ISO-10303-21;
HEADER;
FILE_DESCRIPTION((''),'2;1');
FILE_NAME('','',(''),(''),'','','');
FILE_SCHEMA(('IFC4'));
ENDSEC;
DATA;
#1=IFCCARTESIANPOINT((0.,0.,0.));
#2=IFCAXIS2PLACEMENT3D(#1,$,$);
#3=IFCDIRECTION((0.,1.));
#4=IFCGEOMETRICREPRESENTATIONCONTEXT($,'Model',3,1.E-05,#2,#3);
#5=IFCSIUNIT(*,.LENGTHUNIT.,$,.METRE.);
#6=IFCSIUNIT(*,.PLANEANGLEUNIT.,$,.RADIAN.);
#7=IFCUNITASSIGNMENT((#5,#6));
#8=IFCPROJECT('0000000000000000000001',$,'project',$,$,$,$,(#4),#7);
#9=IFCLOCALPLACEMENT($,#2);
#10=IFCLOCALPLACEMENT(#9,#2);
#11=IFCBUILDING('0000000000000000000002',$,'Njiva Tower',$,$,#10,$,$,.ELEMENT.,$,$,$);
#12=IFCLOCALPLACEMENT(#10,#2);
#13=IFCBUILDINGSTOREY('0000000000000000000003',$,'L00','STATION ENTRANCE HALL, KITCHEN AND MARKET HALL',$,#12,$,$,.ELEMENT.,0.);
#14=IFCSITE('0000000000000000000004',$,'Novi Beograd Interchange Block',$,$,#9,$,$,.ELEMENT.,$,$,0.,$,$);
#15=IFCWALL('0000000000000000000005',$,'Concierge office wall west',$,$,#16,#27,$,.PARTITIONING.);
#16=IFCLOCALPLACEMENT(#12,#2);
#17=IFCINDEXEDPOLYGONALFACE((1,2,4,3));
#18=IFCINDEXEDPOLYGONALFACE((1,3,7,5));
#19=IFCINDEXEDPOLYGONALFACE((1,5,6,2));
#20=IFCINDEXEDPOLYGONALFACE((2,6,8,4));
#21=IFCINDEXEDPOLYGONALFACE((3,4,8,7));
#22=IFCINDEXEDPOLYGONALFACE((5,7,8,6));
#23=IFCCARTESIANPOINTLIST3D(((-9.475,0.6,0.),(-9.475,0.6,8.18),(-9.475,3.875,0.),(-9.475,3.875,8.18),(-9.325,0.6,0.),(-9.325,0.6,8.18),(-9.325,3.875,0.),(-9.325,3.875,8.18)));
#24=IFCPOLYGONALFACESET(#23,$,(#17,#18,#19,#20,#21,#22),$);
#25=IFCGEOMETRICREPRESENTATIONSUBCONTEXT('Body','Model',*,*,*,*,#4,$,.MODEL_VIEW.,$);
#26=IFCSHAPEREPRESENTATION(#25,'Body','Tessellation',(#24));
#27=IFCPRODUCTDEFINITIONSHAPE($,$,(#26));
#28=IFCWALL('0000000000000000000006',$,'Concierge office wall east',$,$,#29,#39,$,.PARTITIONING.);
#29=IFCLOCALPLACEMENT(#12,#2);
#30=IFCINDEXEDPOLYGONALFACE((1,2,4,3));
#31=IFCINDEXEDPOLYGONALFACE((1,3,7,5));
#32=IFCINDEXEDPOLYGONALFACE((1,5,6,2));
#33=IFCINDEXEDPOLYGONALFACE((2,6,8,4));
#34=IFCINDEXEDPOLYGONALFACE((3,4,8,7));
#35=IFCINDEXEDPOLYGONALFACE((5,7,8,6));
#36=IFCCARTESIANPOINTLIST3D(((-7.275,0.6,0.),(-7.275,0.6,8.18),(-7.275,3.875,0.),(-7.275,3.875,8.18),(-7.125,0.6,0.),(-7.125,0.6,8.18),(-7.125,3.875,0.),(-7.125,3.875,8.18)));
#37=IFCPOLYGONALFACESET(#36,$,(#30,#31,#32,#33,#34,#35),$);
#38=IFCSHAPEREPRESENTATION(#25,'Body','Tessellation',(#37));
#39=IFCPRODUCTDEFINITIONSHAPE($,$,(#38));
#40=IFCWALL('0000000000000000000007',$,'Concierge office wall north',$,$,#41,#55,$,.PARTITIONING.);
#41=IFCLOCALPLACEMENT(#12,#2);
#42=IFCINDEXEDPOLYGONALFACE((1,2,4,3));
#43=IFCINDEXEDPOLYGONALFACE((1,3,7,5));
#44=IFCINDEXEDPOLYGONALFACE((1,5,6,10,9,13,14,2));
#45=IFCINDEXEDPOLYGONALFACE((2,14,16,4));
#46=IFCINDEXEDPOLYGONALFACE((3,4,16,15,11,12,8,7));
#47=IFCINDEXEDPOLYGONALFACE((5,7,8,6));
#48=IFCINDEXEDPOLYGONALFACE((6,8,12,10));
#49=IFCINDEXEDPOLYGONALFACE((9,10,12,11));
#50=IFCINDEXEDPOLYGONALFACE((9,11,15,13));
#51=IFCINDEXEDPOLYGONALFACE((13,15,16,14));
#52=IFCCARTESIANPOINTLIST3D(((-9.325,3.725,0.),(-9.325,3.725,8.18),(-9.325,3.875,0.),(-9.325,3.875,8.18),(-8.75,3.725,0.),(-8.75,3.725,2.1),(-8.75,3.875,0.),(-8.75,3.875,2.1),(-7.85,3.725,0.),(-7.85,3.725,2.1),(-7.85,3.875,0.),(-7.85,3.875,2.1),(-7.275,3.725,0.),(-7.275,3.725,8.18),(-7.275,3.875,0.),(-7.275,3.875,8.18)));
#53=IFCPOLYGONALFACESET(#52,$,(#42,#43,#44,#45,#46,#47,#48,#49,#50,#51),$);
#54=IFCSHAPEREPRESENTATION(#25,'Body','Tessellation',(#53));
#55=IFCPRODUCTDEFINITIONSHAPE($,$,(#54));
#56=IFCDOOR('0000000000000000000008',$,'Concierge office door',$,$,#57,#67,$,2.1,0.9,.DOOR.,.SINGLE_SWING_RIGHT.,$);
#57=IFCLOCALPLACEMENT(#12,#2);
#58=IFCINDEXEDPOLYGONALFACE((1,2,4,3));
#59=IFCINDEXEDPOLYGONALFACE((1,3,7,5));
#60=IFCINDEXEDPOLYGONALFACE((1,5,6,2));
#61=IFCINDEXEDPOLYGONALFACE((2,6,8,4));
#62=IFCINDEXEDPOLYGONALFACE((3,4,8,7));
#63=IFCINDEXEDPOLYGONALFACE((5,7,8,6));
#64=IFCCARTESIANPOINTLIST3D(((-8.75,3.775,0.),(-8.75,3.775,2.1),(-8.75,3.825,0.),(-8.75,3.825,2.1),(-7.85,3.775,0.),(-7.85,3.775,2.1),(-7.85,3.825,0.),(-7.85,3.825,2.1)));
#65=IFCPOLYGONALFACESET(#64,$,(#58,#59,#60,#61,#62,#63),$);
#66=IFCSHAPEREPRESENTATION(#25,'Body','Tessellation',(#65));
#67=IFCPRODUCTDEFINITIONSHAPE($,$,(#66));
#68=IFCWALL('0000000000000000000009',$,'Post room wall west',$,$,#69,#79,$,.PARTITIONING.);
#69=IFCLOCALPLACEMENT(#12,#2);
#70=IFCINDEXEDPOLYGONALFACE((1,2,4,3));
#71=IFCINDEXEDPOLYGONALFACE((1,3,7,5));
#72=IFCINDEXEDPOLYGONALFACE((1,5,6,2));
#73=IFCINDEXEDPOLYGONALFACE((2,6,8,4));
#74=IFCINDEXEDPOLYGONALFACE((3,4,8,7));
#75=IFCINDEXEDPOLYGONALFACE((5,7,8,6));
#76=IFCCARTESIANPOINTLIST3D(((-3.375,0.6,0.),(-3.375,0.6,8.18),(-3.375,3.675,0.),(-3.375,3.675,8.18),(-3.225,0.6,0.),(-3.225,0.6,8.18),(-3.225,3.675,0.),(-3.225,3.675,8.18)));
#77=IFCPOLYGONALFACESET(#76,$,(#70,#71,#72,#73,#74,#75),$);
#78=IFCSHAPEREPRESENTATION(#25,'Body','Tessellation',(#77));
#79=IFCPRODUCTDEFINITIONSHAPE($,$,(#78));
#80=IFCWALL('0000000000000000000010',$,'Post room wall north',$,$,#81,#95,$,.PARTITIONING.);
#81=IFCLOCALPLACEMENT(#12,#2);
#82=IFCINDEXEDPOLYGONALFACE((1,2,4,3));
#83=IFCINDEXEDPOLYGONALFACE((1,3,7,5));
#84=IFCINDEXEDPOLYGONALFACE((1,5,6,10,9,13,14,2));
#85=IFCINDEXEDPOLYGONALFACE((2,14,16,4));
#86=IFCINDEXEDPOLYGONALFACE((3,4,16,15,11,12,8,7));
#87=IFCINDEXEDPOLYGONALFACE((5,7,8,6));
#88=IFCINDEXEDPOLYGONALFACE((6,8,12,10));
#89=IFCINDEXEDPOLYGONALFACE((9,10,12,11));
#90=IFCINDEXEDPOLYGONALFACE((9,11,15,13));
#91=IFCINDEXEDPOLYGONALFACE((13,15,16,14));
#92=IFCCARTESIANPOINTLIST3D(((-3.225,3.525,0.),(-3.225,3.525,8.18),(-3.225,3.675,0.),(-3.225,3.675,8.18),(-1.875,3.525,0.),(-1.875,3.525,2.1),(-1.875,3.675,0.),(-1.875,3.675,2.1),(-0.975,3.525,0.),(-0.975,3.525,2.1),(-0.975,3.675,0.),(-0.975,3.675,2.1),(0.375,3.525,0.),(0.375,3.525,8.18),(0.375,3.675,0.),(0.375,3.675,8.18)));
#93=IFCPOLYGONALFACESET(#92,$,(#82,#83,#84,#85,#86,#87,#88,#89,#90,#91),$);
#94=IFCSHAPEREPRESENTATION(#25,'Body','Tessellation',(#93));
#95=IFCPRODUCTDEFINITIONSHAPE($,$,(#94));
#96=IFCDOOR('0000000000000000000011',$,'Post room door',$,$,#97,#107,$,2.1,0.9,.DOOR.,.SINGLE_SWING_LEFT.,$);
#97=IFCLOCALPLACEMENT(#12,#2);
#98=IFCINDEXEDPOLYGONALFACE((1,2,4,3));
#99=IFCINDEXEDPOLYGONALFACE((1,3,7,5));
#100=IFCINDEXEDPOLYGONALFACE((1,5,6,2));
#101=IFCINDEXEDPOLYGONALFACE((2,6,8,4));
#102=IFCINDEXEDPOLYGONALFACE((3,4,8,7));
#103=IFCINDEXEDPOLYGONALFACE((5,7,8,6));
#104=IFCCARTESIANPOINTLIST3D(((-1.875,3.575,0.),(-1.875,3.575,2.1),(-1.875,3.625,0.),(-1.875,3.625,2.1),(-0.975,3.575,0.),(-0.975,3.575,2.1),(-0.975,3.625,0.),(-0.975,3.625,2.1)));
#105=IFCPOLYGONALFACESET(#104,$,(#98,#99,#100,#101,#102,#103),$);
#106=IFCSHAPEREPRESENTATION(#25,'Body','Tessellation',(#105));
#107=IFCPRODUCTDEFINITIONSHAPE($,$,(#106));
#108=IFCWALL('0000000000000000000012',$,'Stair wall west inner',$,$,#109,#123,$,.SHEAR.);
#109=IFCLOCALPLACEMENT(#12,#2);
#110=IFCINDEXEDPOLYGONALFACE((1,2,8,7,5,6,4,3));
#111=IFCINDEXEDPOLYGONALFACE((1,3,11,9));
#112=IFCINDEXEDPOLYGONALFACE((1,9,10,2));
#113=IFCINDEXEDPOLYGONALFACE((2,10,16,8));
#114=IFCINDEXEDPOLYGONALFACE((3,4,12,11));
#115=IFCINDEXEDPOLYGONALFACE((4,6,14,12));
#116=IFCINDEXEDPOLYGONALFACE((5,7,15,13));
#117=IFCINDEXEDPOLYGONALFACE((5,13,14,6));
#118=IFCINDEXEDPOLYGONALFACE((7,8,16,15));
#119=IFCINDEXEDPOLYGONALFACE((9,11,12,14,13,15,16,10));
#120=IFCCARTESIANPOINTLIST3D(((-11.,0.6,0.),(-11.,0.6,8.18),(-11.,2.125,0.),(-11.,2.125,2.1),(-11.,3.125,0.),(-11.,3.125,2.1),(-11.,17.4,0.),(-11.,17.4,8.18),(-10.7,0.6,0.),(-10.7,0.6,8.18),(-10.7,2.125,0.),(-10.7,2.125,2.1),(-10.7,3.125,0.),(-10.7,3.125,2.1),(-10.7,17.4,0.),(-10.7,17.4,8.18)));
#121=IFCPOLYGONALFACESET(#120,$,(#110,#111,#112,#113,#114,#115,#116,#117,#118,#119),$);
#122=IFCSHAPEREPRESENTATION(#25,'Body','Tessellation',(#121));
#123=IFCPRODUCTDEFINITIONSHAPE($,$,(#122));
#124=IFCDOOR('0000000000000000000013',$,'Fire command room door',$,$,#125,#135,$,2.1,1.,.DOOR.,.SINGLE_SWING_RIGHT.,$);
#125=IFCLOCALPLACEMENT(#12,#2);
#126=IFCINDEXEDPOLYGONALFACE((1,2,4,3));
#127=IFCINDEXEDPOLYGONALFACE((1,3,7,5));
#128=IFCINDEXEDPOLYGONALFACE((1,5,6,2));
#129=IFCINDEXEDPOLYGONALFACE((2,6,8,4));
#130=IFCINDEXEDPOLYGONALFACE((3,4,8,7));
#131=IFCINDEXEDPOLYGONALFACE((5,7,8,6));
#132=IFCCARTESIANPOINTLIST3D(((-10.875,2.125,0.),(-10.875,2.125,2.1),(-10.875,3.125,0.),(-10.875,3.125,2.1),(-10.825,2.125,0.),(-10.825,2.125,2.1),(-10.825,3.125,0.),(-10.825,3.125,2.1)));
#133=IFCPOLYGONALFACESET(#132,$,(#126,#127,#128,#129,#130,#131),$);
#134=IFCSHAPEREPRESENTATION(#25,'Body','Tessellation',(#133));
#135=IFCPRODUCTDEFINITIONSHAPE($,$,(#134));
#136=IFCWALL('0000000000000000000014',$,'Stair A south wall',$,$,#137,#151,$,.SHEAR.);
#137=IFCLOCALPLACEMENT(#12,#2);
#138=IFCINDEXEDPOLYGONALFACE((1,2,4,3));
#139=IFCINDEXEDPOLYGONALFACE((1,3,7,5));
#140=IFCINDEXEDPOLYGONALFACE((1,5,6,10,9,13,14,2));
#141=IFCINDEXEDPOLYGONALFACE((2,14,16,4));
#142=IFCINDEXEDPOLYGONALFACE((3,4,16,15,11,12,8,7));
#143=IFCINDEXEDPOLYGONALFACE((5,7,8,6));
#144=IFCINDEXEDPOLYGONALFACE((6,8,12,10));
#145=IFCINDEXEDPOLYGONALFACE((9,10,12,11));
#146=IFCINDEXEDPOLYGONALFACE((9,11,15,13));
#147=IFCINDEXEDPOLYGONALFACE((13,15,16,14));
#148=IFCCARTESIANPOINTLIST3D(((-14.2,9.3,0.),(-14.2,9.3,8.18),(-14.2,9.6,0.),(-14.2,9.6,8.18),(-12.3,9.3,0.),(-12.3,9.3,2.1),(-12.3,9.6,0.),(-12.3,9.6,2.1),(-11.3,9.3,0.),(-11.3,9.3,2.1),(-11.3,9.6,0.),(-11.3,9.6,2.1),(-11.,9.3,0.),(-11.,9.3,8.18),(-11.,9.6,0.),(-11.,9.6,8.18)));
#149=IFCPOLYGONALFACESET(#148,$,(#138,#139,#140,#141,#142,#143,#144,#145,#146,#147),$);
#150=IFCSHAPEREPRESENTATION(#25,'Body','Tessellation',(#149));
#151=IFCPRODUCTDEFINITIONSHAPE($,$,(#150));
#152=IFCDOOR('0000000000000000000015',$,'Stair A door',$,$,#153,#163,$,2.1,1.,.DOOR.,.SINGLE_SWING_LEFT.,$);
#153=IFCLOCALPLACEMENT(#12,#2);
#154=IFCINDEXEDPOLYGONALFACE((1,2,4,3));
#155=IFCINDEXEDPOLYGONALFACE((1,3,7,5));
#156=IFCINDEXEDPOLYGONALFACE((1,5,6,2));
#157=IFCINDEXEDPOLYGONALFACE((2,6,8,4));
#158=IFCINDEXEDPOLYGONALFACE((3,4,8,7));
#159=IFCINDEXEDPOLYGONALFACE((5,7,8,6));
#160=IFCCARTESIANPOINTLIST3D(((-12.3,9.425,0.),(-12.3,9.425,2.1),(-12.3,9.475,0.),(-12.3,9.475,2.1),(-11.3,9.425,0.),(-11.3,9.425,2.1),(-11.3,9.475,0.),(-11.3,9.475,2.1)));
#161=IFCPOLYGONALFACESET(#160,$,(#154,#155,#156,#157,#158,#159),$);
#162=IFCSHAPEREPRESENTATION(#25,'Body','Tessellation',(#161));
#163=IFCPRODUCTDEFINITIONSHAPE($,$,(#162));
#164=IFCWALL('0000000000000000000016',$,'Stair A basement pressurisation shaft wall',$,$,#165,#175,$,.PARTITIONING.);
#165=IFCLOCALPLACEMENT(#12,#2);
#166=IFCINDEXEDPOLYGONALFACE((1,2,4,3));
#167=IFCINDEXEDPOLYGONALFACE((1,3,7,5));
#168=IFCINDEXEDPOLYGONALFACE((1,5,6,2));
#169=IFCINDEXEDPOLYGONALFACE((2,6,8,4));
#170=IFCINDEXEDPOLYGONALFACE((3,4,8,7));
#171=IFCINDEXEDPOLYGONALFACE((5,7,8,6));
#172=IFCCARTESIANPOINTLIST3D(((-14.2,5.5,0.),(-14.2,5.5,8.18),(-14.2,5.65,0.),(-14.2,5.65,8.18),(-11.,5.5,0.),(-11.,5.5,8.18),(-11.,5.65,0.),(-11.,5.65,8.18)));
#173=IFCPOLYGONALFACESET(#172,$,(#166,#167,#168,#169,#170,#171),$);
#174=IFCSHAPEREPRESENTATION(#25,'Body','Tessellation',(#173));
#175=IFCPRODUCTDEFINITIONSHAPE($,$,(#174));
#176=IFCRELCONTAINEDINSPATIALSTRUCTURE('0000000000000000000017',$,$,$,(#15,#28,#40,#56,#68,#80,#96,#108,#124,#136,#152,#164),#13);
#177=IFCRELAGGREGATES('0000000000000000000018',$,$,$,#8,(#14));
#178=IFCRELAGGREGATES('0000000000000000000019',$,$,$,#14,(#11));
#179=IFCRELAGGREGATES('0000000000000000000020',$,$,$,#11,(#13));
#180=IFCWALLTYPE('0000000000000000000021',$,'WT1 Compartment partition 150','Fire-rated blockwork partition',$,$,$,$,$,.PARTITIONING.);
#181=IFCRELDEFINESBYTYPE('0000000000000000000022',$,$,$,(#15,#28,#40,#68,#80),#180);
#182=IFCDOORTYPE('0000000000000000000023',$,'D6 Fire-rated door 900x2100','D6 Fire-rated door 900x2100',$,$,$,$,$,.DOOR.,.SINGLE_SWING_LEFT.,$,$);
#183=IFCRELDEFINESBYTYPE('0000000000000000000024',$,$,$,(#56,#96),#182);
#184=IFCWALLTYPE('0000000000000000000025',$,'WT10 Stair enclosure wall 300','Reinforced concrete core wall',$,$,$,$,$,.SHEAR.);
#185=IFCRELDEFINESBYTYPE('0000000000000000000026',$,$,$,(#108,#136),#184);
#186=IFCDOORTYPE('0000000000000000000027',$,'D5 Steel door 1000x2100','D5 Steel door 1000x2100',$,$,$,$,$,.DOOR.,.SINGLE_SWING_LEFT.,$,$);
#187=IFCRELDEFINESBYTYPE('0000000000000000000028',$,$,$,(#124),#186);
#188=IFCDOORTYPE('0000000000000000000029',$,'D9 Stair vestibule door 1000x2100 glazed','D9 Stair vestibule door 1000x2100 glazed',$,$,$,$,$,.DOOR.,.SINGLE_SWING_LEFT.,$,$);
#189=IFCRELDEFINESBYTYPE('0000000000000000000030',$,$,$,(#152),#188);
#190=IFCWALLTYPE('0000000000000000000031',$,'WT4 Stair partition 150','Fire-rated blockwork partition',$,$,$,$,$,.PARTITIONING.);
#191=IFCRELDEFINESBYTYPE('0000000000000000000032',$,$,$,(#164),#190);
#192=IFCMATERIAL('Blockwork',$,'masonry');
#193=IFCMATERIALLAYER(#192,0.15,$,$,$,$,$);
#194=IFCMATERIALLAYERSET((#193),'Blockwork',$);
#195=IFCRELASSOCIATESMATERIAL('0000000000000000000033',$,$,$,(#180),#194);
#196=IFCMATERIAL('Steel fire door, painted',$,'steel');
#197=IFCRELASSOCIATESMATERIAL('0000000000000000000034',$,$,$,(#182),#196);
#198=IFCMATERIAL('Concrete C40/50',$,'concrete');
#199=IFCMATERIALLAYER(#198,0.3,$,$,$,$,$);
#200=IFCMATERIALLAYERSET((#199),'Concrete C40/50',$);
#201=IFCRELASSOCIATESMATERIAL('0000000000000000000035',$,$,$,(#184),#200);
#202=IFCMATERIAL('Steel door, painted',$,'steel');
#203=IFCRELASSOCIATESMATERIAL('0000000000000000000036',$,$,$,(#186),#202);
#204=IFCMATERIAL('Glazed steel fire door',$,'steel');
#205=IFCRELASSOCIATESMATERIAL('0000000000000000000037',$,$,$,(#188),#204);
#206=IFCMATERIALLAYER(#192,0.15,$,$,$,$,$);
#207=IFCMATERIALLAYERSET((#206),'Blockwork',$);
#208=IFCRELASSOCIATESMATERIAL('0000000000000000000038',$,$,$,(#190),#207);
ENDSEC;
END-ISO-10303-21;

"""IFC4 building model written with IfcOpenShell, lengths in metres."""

from ifc_helpers import new_model, si_unit, direction, frame, frame_2d, origin, place, context, subcontext, project, spatial, rectangle, extrude, material, layer, layer_set, type_object, element, fill, save


model = new_model("IFC4")

# Units and contexts
model_context = context("Model", 3, precision=1e-05, world=origin(), true_north=direction((0.0, 1.0)))
body_context = subcontext(model_context, "Body", "Model", "MODEL_VIEW")
ifc_project = project(units=[si_unit("LENGTHUNIT", "METRE"), si_unit("PLANEANGLEUNIT", "RADIAN")], contexts=[model_context])

# Site, building, storey
site_placement = place(None, origin())
site = spatial("IfcSite", under=ifc_project, at=site_placement, Name="Novi Beograd Interchange Block", CompositionType="ELEMENT", RefElevation=0.0)
building_placement = place(site_placement, origin())
building = spatial("IfcBuilding", under=site, at=building_placement, Name="Njiva Tower", CompositionType="ELEMENT")
storey_placement = place(building_placement, origin())
storey = spatial("IfcBuildingStorey", under=building, at=storey_placement, Name="L00", Description="STATION ENTRANCE HALL, KITCHEN AND MARKET HALL", CompositionType="ELEMENT", Elevation=0.0)

# Walls
ifc_material_1 = material(Name="Blockwork", Category="masonry")
ifc_layer_1 = layer(ifc_material_1, 0.15)
ifc_layer_set_1 = layer_set([ifc_layer_1], Name="Blockwork")
wall_type_1 = type_object("IfcWallType", Name="WT1 Compartment partition 150", Description="Fire-rated blockwork partition", PredefinedType="PARTITIONING", material=ifc_layer_set_1)
for number, where, z_axis, x_axis, name in (
    (1, (-9.4, 0.6, 0.0), (0.0, 0.0, 1.0), (0.0, 1.0, 0.0), "Concierge office wall west"),
    (2, (-7.2, 0.6, 0.0), (0.0, 0.0, 1.0), (0.0, 1.0, 0.0), "Concierge office wall east"),
):
    element("IfcWall", number, at=place(storey_placement, frame(where, z_axis=z_axis, x_axis=x_axis)), inside=storey, type_object=wall_type_1, Name=name, PredefinedType="PARTITIONING", context=body_context, shape_type="SweptSolid", body=[
        extrude(rectangle(XDim=3.275, YDim=0.15, at=frame_2d((1.6375, 0.0))), origin(), (0.0, 0.0, 1.0), 8.18),
    ])

# Wall, opening, door
wall_1_placement = place(storey_placement, frame((-9.325, 3.8, 0.0), z_axis=(0.0, 0.0, 1.0), x_axis=(1.0, 0.0, 0.0)))
wall_1 = element("IfcWall", 3, at=wall_1_placement, inside=storey, type_object=wall_type_1, Name="Concierge office wall north", PredefinedType="PARTITIONING", context=body_context, shape_type="SweptSolid", body=[
    extrude(rectangle(XDim=2.05, YDim=0.15, at=frame_2d((1.025, 0.0))), origin(), (0.0, 0.0, 1.0), 8.18),
])
opening_1_placement = place(wall_1_placement, frame((0.575, 0.0, 0.0)))
opening_1 = element("IfcOpeningElement", 4, at=opening_1_placement, cuts=wall_1, PredefinedType="OPENING", context=body_context, shape_type="SweptSolid", body=[
    extrude(rectangle(XDim=0.9, YDim=2.1, at=frame_2d((0.45, 1.05))), frame((0.0, 0.085, 0.0), z_axis=(0.0, -1.0, 0.0), x_axis=(1.0, 0.0, 0.0)), (0.0, 0.0, 1.0), 0.17),
])
ifc_material_2 = material(Name="Steel fire door, painted", Category="steel")
door_type_1 = type_object("IfcDoorType", Name="D6 Fire-rated door 900x2100", Description="D6 Fire-rated door 900x2100", OperationType="SINGLE_SWING_LEFT", PredefinedType="DOOR", material=ifc_material_2)
door_1_placement = place(opening_1_placement, origin())
door_1 = element("IfcDoor", 5, at=door_1_placement, inside=storey, type_object=door_type_1, Name="Concierge office door", OperationType="SINGLE_SWING_RIGHT", OverallHeight=2.1, OverallWidth=0.9, PredefinedType="DOOR", context=body_context, shape_type="SweptSolid", body=[
    extrude(rectangle(XDim=0.9, YDim=2.1, at=frame_2d((0.45, 1.05))), frame((0.0, 0.025, 0.0), z_axis=(0.0, -1.0, 0.0), x_axis=(1.0, 0.0, 0.0)), (0.0, 0.0, 1.0), 0.05),
])
fill(opening_1, door_1)

# Wall
wall_2_placement = place(storey_placement, frame((-3.3, 0.6, 0.0), z_axis=(0.0, 0.0, 1.0), x_axis=(0.0, 1.0, 0.0)))
element("IfcWall", 6, at=wall_2_placement, inside=storey, type_object=wall_type_1, Name="Post room wall west", PredefinedType="PARTITIONING", context=body_context, shape_type="SweptSolid", body=[
    extrude(rectangle(XDim=3.075, YDim=0.15, at=frame_2d((1.5375, 0.0))), origin(), (0.0, 0.0, 1.0), 8.18),
])

# Walls, openings, doors
wall_3_placement = place(storey_placement, frame((-3.225, 3.6, 0.0), z_axis=(0.0, 0.0, 1.0), x_axis=(1.0, 0.0, 0.0)))
wall_3 = element("IfcWall", 7, at=wall_3_placement, inside=storey, type_object=wall_type_1, Name="Post room wall north", PredefinedType="PARTITIONING", context=body_context, shape_type="SweptSolid", body=[
    extrude(rectangle(XDim=3.6, YDim=0.15, at=frame_2d((1.8, 0.0))), origin(), (0.0, 0.0, 1.0), 8.18),
])
opening_2_placement = place(wall_3_placement, frame((1.35, 0.0, 0.0)))
opening_2 = element("IfcOpeningElement", 8, at=opening_2_placement, cuts=wall_3, PredefinedType="OPENING", context=body_context, shape_type="SweptSolid", body=[
    extrude(rectangle(XDim=0.9, YDim=2.1, at=frame_2d((0.45, 1.05))), frame((0.0, 0.085, 0.0), z_axis=(0.0, -1.0, 0.0), x_axis=(1.0, 0.0, 0.0)), (0.0, 0.0, 1.0), 0.17),
])
door_2_placement = place(opening_2_placement, origin())
door_2 = element("IfcDoor", 9, at=door_2_placement, inside=storey, type_object=door_type_1, Name="Post room door", OperationType="SINGLE_SWING_LEFT", OverallHeight=2.1, OverallWidth=0.9, PredefinedType="DOOR", context=body_context, shape_type="SweptSolid", body=[
    extrude(rectangle(XDim=0.9, YDim=2.1, at=frame_2d((0.45, 1.05))), frame((0.0, 0.025, 0.0), z_axis=(0.0, -1.0, 0.0), x_axis=(1.0, 0.0, 0.0)), (0.0, 0.0, 1.0), 0.05),
])
fill(opening_2, door_2)
ifc_material_3 = material(Name="Concrete C40/50", Category="concrete")
ifc_layer_2 = layer(ifc_material_3, 0.3)
ifc_layer_set_2 = layer_set([ifc_layer_2], Name="Concrete C40/50")
wall_type_2 = type_object("IfcWallType", Name="WT10 Stair enclosure wall 300", Description="Reinforced concrete core wall", PredefinedType="SHEAR", material=ifc_layer_set_2)
wall_4_placement = place(storey_placement, frame((-10.85, 0.6, 0.0), z_axis=(0.0, 0.0, 1.0), x_axis=(0.0, 1.0, 0.0)))
wall_4 = element("IfcWall", 10, at=wall_4_placement, inside=storey, type_object=wall_type_2, Name="Stair wall west inner", PredefinedType="SHEAR", context=body_context, shape_type="SweptSolid", body=[
    extrude(rectangle(XDim=16.8, YDim=0.3, at=frame_2d((8.4, 0.0))), origin(), (0.0, 0.0, 1.0), 8.18),
])
opening_3_placement = place(wall_4_placement, frame((1.525, 0.0, 0.0)))
opening_3 = element("IfcOpeningElement", 11, at=opening_3_placement, cuts=wall_4, PredefinedType="OPENING", context=body_context, shape_type="SweptSolid", body=[
    extrude(rectangle(XDim=1.0, YDim=2.1, at=frame_2d((0.5, 1.05))), frame((0.0, 0.16, 0.0), z_axis=(0.0, -1.0, 0.0), x_axis=(1.0, 0.0, 0.0)), (0.0, 0.0, 1.0), 0.32),
])
ifc_material_4 = material(Name="Steel door, painted", Category="steel")
door_type_2 = type_object("IfcDoorType", Name="D5 Steel door 1000x2100", Description="D5 Steel door 1000x2100", OperationType="SINGLE_SWING_LEFT", PredefinedType="DOOR", material=ifc_material_4)
door_3_placement = place(opening_3_placement, origin())
door_3 = element("IfcDoor", 12, at=door_3_placement, inside=storey, type_object=door_type_2, Name="Fire command room door", OperationType="SINGLE_SWING_RIGHT", OverallHeight=2.1, OverallWidth=1.0, PredefinedType="DOOR", context=body_context, shape_type="SweptSolid", body=[
    extrude(rectangle(XDim=1.0, YDim=2.1, at=frame_2d((0.5, 1.05))), frame((0.0, 0.025, 0.0), z_axis=(0.0, -1.0, 0.0), x_axis=(1.0, 0.0, 0.0)), (0.0, 0.0, 1.0), 0.05),
])
fill(opening_3, door_3)
wall_5_placement = place(storey_placement, frame((-14.2, 9.45, 0.0), z_axis=(0.0, 0.0, 1.0), x_axis=(1.0, 0.0, 0.0)))
wall_5 = element("IfcWall", 13, at=wall_5_placement, inside=storey, type_object=wall_type_2, Name="Stair A south wall", PredefinedType="SHEAR", context=body_context, shape_type="SweptSolid", body=[
    extrude(rectangle(XDim=3.2, YDim=0.3, at=frame_2d((1.6, 0.0))), origin(), (0.0, 0.0, 1.0), 8.18),
])
opening_4_placement = place(wall_5_placement, frame((1.9, 0.0, 0.0)))
opening_4 = element("IfcOpeningElement", 14, at=opening_4_placement, cuts=wall_5, PredefinedType="OPENING", context=body_context, shape_type="SweptSolid", body=[
    extrude(rectangle(XDim=1.0, YDim=2.1, at=frame_2d((0.5, 1.05))), frame((0.0, 0.16, 0.0), z_axis=(0.0, -1.0, 0.0), x_axis=(1.0, 0.0, 0.0)), (0.0, 0.0, 1.0), 0.32),
])
ifc_material_5 = material(Name="Glazed steel fire door", Category="steel")
door_type_3 = type_object("IfcDoorType", Name="D9 Stair vestibule door 1000x2100 glazed", Description="D9 Stair vestibule door 1000x2100 glazed", OperationType="SINGLE_SWING_LEFT", PredefinedType="DOOR", material=ifc_material_5)
door_4_placement = place(opening_4_placement, origin())
door_4 = element("IfcDoor", 15, at=door_4_placement, inside=storey, type_object=door_type_3, Name="Stair A door", OperationType="SINGLE_SWING_LEFT", OverallHeight=2.1, OverallWidth=1.0, PredefinedType="DOOR", context=body_context, shape_type="SweptSolid", body=[
    extrude(rectangle(XDim=1.0, YDim=2.1, at=frame_2d((0.5, 1.05))), frame((0.0, 0.025, 0.0), z_axis=(0.0, -1.0, 0.0), x_axis=(1.0, 0.0, 0.0)), (0.0, 0.0, 1.0), 0.05),
])
fill(opening_4, door_4)

# Wall
ifc_layer_3 = layer(ifc_material_1, 0.15)
ifc_layer_set_3 = layer_set([ifc_layer_3], Name="Blockwork")
wall_type_3 = type_object("IfcWallType", Name="WT4 Stair partition 150", Description="Fire-rated blockwork partition", PredefinedType="PARTITIONING", material=ifc_layer_set_3)
wall_6_placement = place(storey_placement, frame((-14.2, 5.575, 0.0), z_axis=(0.0, 0.0, 1.0), x_axis=(1.0, 0.0, 0.0)))
element("IfcWall", 16, at=wall_6_placement, inside=storey, type_object=wall_type_3, Name="Stair A basement pressurisation shaft wall", PredefinedType="PARTITIONING", context=body_context, shape_type="SweptSolid", body=[
    extrude(rectangle(XDim=3.2, YDim=0.15, at=frame_2d((1.6, 0.0))), origin(), (0.0, 0.0, 1.0), 8.18),
])

save(model, "model.ifc")
